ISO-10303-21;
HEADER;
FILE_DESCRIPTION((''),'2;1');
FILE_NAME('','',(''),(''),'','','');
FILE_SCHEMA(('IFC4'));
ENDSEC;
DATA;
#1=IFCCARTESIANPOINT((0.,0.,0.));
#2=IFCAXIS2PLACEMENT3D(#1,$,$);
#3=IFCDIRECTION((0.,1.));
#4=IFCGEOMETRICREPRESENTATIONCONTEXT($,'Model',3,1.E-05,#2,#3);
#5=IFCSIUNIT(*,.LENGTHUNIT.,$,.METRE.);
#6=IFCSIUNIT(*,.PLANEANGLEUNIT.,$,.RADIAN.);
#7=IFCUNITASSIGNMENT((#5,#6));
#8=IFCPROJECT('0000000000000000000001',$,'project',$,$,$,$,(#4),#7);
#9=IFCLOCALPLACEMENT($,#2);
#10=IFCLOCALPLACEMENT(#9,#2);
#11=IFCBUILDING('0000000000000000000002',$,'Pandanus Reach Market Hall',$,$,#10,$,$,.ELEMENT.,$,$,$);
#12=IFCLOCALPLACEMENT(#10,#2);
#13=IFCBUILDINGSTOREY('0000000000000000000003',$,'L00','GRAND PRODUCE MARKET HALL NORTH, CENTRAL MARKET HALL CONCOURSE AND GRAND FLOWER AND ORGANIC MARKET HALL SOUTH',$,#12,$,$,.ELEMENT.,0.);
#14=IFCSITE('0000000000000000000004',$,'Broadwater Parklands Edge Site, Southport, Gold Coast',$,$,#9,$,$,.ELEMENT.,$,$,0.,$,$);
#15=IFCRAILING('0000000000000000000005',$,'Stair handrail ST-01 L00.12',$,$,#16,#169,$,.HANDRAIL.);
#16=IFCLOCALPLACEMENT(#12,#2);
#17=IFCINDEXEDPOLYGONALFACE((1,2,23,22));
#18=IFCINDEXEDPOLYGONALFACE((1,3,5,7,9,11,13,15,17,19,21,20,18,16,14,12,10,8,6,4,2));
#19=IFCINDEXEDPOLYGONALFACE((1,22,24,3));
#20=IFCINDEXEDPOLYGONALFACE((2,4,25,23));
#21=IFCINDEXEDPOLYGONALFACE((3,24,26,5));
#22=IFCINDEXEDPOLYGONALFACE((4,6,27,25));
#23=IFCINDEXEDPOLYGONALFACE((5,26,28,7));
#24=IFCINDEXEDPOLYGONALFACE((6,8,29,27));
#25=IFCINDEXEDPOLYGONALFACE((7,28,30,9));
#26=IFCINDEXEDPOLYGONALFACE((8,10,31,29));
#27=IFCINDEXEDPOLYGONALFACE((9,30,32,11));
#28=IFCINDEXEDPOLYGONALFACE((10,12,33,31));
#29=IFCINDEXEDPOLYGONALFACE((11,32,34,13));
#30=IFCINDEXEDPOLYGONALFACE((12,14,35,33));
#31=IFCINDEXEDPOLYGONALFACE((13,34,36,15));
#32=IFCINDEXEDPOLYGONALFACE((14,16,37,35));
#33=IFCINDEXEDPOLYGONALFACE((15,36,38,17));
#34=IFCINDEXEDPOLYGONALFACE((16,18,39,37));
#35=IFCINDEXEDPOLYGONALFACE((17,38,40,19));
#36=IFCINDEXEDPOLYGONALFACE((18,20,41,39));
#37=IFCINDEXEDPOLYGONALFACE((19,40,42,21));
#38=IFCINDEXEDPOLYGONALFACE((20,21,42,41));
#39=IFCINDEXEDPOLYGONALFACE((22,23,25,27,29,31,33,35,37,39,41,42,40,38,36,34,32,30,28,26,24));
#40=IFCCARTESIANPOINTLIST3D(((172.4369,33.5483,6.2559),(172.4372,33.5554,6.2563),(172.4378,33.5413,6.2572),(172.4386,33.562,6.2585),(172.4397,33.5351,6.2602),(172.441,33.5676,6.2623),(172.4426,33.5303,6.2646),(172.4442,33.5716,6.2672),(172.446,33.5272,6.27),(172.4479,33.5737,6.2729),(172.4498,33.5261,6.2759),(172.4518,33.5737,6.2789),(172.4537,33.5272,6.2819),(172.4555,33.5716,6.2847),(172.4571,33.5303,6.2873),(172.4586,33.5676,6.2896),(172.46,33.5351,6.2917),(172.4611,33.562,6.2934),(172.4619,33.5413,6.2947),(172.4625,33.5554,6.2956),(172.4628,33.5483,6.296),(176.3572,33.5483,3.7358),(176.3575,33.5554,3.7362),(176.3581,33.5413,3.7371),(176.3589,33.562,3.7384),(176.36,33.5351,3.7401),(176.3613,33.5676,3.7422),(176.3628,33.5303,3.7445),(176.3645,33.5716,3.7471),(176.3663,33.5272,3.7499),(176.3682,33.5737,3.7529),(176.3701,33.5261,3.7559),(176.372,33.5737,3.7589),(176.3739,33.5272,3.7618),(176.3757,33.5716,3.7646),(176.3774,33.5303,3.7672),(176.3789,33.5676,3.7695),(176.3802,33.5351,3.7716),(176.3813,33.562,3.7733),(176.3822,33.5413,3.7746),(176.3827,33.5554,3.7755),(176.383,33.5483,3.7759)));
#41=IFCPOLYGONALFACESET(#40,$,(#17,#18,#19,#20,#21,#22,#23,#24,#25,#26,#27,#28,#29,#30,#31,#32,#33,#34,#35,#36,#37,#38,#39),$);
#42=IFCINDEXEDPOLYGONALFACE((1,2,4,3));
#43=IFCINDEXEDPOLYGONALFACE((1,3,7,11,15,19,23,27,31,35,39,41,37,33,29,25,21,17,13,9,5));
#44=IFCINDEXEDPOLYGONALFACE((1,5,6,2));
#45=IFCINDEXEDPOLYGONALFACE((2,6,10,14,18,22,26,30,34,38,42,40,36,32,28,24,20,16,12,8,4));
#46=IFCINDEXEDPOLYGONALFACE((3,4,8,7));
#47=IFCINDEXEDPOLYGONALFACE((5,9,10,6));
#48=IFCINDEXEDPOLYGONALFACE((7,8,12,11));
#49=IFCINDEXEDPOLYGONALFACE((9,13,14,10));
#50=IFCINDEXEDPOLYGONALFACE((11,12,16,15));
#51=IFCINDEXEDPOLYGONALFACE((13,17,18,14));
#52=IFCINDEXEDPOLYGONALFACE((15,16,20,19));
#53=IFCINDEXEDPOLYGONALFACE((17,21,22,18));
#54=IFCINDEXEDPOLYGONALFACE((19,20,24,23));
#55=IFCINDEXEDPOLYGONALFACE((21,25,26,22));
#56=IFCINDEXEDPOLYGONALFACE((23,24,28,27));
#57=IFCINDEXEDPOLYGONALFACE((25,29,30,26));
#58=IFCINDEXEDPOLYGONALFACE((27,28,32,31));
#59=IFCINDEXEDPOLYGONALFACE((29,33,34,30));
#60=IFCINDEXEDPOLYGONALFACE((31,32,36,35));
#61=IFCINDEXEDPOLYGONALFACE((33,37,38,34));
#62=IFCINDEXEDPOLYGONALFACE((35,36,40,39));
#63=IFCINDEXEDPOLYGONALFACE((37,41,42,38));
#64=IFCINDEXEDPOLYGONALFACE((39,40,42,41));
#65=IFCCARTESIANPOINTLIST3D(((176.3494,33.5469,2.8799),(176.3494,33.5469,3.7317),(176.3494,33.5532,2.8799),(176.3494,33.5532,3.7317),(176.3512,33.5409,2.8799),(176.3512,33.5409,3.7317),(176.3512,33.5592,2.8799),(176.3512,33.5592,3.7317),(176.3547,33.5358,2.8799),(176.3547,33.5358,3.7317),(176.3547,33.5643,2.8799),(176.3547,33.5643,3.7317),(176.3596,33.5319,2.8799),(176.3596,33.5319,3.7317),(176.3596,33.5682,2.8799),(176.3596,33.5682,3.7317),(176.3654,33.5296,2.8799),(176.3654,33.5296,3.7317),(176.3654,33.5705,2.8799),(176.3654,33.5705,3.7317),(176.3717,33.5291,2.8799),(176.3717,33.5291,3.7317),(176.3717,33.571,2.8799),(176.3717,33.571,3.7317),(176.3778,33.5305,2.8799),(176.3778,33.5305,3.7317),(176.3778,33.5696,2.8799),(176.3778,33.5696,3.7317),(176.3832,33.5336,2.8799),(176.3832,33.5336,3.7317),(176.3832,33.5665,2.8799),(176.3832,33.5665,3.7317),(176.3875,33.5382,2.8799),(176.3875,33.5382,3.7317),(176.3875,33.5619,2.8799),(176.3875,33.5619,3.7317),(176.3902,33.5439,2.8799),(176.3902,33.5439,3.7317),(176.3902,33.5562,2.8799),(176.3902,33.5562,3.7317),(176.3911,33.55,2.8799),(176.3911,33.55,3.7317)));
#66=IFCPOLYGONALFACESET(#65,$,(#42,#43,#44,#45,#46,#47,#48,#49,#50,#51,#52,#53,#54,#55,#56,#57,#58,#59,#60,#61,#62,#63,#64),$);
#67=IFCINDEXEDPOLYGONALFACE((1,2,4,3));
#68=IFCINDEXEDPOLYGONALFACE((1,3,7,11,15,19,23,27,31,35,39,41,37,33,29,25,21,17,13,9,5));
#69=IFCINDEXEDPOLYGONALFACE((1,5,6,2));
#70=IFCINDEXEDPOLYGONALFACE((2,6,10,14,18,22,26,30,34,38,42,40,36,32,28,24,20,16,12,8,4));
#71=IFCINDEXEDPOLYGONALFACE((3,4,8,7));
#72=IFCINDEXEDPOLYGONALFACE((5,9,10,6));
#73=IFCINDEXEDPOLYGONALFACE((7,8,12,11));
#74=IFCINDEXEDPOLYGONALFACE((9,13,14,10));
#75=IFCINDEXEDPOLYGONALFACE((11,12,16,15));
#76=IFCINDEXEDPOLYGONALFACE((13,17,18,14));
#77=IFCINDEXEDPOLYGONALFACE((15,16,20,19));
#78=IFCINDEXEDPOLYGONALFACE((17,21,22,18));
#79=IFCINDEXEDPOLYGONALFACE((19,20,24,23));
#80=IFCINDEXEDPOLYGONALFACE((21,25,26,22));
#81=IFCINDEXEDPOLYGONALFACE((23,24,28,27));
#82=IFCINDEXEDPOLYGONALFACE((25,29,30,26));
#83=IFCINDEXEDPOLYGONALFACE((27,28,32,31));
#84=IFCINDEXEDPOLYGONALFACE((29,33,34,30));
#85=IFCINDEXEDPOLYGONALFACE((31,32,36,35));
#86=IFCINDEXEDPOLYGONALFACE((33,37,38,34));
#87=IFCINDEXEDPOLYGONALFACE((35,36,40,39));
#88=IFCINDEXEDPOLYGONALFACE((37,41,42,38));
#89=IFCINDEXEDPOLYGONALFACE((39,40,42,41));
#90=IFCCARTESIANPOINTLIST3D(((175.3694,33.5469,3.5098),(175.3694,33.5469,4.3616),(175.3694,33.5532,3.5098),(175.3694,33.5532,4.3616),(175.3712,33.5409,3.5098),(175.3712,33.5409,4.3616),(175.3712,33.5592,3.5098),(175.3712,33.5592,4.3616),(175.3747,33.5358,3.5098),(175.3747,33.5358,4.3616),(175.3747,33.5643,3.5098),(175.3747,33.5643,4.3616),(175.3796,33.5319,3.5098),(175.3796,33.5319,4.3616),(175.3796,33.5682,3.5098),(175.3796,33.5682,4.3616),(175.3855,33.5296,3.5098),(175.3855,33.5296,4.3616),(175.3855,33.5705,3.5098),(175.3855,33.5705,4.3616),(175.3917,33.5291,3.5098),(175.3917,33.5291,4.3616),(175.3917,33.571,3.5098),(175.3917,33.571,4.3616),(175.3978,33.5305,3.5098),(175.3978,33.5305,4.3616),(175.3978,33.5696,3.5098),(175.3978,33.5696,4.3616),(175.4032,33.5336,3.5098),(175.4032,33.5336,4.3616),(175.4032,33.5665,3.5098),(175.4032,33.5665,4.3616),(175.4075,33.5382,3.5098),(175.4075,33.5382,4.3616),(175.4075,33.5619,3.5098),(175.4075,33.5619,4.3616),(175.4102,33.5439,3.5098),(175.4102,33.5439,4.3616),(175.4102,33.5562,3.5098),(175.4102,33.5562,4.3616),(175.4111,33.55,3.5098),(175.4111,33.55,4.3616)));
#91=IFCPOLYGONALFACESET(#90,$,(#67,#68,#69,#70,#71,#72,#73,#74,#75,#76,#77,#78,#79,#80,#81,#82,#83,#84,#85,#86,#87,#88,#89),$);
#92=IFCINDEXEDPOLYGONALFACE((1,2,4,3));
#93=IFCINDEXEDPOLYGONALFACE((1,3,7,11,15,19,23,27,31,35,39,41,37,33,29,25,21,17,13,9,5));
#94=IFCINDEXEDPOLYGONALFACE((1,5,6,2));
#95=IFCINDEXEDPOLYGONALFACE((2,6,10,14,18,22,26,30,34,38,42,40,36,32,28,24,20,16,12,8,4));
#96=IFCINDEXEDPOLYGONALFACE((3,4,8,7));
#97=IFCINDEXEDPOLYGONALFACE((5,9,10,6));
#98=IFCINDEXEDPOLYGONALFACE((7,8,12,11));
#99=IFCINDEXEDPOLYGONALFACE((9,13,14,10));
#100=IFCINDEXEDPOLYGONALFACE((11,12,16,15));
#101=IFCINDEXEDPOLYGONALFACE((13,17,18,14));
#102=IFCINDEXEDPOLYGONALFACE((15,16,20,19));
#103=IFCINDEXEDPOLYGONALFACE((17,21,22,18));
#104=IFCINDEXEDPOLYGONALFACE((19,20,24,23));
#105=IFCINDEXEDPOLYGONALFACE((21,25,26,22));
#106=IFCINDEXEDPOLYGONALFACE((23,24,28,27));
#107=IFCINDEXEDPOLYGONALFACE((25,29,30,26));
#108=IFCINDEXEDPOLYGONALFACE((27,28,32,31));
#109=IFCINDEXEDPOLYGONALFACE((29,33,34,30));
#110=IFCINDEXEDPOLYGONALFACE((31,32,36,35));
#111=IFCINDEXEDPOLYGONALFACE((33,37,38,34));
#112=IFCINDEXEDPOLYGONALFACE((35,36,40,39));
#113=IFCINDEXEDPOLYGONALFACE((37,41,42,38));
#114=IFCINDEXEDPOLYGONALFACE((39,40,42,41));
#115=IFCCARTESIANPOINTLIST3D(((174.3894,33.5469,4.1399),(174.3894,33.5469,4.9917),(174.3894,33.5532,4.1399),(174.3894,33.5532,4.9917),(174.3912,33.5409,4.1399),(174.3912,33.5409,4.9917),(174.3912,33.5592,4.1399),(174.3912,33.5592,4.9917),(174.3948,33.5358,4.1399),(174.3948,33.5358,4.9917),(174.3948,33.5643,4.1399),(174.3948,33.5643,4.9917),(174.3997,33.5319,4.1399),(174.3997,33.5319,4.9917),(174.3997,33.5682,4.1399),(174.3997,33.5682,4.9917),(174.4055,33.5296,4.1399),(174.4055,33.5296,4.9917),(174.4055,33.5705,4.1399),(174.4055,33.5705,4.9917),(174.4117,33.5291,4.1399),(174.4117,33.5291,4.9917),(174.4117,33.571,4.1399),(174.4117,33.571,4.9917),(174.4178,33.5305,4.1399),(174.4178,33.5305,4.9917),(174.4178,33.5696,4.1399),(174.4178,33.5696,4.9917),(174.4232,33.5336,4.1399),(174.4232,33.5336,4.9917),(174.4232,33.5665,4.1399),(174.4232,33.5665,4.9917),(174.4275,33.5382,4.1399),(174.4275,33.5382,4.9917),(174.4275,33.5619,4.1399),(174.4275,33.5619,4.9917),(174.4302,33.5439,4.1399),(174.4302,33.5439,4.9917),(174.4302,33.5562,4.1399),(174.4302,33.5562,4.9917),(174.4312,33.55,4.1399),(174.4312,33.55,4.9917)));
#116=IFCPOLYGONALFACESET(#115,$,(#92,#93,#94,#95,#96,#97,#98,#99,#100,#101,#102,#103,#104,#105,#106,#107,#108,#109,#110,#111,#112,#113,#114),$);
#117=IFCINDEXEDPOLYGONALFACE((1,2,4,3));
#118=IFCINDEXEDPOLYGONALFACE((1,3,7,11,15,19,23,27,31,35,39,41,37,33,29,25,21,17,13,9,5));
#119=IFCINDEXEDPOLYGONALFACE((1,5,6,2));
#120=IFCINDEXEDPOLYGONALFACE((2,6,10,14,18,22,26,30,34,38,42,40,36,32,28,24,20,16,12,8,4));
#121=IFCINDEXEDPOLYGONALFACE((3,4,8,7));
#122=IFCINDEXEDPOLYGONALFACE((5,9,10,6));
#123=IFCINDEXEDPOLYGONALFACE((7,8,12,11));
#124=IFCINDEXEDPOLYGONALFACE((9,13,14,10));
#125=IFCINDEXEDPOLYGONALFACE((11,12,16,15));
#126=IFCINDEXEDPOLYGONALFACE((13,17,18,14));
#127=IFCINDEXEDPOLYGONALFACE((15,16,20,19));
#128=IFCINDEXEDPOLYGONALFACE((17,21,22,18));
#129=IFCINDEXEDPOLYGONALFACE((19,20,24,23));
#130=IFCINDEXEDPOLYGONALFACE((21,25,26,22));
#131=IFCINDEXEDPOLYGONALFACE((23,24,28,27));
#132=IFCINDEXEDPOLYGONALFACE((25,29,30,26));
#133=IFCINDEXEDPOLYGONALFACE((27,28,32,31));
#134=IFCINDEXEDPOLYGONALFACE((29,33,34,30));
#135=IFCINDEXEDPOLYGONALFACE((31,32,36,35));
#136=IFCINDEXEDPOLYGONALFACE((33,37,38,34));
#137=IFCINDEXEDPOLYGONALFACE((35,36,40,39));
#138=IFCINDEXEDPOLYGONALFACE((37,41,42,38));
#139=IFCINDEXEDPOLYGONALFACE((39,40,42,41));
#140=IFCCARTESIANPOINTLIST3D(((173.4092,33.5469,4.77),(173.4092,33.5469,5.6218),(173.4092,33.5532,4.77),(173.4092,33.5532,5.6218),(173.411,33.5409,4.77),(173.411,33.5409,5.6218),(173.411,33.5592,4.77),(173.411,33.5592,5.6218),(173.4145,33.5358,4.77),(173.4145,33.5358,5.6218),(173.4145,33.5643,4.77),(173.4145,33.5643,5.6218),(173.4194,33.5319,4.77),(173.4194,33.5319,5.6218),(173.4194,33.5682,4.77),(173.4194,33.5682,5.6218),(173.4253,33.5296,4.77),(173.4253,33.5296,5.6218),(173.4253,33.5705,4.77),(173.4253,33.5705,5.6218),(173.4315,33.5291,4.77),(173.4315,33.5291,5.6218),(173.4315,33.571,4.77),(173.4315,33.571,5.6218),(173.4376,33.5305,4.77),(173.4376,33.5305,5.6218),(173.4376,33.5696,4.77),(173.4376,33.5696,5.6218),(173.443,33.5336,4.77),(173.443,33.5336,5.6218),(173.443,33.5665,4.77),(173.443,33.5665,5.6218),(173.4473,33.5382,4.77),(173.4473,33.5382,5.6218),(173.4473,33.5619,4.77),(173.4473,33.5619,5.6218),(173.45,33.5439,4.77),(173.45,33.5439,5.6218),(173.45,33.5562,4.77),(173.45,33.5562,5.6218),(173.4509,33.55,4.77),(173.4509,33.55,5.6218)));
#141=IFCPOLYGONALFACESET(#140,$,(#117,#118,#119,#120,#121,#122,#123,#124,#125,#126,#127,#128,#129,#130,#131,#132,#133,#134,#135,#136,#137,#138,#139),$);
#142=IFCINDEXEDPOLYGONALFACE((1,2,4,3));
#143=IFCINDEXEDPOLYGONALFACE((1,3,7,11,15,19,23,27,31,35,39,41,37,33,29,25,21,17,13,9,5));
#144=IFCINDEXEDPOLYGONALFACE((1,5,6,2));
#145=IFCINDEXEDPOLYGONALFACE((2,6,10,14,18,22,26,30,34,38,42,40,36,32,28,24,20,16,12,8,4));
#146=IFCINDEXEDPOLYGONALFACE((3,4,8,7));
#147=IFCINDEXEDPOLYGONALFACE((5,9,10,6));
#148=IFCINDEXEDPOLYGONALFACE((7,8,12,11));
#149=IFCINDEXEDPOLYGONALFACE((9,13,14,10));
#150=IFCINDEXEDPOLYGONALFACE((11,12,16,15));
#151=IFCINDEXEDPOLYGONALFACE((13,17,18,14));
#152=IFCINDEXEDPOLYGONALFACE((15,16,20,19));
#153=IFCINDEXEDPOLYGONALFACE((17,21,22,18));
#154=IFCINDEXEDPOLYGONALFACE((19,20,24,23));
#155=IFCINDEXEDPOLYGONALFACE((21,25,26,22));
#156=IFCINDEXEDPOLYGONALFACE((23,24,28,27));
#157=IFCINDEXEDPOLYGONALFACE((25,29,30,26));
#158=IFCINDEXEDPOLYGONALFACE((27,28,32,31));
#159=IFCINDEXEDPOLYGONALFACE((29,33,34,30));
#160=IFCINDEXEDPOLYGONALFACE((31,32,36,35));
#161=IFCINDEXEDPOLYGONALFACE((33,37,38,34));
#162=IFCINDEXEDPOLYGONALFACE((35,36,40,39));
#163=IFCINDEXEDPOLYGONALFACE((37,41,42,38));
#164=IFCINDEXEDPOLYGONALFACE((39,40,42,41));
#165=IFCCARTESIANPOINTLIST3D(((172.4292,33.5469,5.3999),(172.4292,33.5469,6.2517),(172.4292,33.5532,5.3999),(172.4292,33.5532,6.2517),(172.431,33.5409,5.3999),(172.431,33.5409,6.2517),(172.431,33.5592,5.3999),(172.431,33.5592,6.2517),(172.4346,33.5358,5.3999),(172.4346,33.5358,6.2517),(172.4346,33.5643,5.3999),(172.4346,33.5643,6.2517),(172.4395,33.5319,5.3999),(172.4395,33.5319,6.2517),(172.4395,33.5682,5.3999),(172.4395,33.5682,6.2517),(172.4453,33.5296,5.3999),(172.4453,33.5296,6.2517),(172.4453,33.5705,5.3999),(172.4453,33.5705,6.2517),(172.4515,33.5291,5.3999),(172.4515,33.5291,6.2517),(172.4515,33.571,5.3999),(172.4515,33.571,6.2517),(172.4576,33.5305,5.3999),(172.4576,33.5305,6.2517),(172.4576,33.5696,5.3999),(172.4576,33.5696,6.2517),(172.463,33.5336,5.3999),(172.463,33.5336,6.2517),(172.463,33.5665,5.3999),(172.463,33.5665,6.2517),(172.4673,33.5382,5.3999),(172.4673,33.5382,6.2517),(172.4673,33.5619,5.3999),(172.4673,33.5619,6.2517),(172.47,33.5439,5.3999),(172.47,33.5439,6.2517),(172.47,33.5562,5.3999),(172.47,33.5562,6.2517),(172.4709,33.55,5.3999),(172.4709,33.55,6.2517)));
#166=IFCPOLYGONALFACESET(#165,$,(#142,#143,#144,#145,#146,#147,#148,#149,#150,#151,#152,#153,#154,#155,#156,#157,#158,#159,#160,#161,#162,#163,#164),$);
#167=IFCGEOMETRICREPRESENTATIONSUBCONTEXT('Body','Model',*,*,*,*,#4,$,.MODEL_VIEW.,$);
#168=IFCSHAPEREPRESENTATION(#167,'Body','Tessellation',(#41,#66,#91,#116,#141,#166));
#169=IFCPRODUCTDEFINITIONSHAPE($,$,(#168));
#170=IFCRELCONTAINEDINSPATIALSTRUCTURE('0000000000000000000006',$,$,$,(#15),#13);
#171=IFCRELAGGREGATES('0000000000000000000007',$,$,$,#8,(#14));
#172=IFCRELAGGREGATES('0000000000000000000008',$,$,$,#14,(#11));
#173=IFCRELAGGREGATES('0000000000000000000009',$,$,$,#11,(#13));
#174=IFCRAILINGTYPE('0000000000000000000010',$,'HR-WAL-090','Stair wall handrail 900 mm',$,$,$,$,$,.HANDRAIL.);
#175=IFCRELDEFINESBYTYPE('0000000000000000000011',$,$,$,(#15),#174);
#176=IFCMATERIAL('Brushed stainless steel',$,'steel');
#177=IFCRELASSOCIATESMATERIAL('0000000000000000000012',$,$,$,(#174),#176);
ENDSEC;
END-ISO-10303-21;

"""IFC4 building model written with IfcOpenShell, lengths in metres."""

from ifc_helpers import new_model, si_unit, direction, frame, origin, origin_2d, place, context, subcontext, project, spatial, circle, extrude, material, type_object, element, save


model = new_model("IFC4")

# Units and contexts
model_context = context("Model", 3, precision=1e-05, world=origin(), true_north=direction((0.0, 1.0)))
body_context = subcontext(model_context, "Body", "Model", "MODEL_VIEW")
ifc_project = project(units=[si_unit("LENGTHUNIT", "METRE"), si_unit("PLANEANGLEUNIT", "RADIAN")], contexts=[model_context])

# Site, building, storey
site_placement = place(None, origin())
site = spatial("IfcSite", under=ifc_project, at=site_placement, Name="Broadwater Parklands Edge Site, Southport, Gold Coast", CompositionType="ELEMENT", RefElevation=0.0)
building_placement = place(site_placement, origin())
building = spatial("IfcBuilding", under=site, at=building_placement, Name="Pandanus Reach Market Hall", CompositionType="ELEMENT")
storey_placement = place(building_placement, origin())
storey = spatial("IfcBuildingStorey", under=building, at=storey_placement, Name="L00", Description="GRAND PRODUCE MARKET HALL NORTH, CENTRAL MARKET HALL CONCOURSE AND GRAND FLOWER AND ORGANIC MARKET HALL SOUTH", CompositionType="ELEMENT", Elevation=0.0)

# Railing
ifc_material_1 = material(Name="Brushed stainless steel", Category="steel")
railing_type_1 = type_object("IfcRailingType", Name="HR-WAL-090", Description="Stair wall handrail 900 mm", PredefinedType="HANDRAIL", material=ifc_material_1)
railing_1_placement = place(storey_placement, frame((176.3701, 33.55, 2.8799)))
element("IfcRailing", 1, at=railing_1_placement, inside=storey, type_object=railing_type_1, Name="Stair handrail ST-01 L00.12", PredefinedType="HANDRAIL", context=body_context, shape_type="SweptSolid", body=[
    extrude(circle(Radius=0.0239, at=origin_2d()), frame((0.0, 0.0, 0.876), z_axis=(-0.841187, 0.0, 0.540744), x_axis=(0.0, -1.0, 0.0)), (0.0, 0.0, 1.0), 4.6604),
    extrude(circle(Radius=0.021, at=origin_2d()), origin(), (0.0, 0.0, 1.0), 0.8518),
    extrude(circle(Radius=0.021, at=origin_2d()), frame((-0.98, 0.0, 0.6299)), (0.0, 0.0, 1.0), 0.8518),
    extrude(circle(Radius=0.021, at=origin_2d()), frame((-1.96, 0.0, 1.26)), (0.0, 0.0, 1.0), 0.8518),
    extrude(circle(Radius=0.021, at=origin_2d()), frame((-2.9402, 0.0, 1.8901)), (0.0, 0.0, 1.0), 0.8518),
    extrude(circle(Radius=0.021, at=origin_2d()), frame((-3.9202, 0.0, 2.52)), (0.0, 0.0, 1.0), 0.8518),
])

save(model, "model.ifc")
